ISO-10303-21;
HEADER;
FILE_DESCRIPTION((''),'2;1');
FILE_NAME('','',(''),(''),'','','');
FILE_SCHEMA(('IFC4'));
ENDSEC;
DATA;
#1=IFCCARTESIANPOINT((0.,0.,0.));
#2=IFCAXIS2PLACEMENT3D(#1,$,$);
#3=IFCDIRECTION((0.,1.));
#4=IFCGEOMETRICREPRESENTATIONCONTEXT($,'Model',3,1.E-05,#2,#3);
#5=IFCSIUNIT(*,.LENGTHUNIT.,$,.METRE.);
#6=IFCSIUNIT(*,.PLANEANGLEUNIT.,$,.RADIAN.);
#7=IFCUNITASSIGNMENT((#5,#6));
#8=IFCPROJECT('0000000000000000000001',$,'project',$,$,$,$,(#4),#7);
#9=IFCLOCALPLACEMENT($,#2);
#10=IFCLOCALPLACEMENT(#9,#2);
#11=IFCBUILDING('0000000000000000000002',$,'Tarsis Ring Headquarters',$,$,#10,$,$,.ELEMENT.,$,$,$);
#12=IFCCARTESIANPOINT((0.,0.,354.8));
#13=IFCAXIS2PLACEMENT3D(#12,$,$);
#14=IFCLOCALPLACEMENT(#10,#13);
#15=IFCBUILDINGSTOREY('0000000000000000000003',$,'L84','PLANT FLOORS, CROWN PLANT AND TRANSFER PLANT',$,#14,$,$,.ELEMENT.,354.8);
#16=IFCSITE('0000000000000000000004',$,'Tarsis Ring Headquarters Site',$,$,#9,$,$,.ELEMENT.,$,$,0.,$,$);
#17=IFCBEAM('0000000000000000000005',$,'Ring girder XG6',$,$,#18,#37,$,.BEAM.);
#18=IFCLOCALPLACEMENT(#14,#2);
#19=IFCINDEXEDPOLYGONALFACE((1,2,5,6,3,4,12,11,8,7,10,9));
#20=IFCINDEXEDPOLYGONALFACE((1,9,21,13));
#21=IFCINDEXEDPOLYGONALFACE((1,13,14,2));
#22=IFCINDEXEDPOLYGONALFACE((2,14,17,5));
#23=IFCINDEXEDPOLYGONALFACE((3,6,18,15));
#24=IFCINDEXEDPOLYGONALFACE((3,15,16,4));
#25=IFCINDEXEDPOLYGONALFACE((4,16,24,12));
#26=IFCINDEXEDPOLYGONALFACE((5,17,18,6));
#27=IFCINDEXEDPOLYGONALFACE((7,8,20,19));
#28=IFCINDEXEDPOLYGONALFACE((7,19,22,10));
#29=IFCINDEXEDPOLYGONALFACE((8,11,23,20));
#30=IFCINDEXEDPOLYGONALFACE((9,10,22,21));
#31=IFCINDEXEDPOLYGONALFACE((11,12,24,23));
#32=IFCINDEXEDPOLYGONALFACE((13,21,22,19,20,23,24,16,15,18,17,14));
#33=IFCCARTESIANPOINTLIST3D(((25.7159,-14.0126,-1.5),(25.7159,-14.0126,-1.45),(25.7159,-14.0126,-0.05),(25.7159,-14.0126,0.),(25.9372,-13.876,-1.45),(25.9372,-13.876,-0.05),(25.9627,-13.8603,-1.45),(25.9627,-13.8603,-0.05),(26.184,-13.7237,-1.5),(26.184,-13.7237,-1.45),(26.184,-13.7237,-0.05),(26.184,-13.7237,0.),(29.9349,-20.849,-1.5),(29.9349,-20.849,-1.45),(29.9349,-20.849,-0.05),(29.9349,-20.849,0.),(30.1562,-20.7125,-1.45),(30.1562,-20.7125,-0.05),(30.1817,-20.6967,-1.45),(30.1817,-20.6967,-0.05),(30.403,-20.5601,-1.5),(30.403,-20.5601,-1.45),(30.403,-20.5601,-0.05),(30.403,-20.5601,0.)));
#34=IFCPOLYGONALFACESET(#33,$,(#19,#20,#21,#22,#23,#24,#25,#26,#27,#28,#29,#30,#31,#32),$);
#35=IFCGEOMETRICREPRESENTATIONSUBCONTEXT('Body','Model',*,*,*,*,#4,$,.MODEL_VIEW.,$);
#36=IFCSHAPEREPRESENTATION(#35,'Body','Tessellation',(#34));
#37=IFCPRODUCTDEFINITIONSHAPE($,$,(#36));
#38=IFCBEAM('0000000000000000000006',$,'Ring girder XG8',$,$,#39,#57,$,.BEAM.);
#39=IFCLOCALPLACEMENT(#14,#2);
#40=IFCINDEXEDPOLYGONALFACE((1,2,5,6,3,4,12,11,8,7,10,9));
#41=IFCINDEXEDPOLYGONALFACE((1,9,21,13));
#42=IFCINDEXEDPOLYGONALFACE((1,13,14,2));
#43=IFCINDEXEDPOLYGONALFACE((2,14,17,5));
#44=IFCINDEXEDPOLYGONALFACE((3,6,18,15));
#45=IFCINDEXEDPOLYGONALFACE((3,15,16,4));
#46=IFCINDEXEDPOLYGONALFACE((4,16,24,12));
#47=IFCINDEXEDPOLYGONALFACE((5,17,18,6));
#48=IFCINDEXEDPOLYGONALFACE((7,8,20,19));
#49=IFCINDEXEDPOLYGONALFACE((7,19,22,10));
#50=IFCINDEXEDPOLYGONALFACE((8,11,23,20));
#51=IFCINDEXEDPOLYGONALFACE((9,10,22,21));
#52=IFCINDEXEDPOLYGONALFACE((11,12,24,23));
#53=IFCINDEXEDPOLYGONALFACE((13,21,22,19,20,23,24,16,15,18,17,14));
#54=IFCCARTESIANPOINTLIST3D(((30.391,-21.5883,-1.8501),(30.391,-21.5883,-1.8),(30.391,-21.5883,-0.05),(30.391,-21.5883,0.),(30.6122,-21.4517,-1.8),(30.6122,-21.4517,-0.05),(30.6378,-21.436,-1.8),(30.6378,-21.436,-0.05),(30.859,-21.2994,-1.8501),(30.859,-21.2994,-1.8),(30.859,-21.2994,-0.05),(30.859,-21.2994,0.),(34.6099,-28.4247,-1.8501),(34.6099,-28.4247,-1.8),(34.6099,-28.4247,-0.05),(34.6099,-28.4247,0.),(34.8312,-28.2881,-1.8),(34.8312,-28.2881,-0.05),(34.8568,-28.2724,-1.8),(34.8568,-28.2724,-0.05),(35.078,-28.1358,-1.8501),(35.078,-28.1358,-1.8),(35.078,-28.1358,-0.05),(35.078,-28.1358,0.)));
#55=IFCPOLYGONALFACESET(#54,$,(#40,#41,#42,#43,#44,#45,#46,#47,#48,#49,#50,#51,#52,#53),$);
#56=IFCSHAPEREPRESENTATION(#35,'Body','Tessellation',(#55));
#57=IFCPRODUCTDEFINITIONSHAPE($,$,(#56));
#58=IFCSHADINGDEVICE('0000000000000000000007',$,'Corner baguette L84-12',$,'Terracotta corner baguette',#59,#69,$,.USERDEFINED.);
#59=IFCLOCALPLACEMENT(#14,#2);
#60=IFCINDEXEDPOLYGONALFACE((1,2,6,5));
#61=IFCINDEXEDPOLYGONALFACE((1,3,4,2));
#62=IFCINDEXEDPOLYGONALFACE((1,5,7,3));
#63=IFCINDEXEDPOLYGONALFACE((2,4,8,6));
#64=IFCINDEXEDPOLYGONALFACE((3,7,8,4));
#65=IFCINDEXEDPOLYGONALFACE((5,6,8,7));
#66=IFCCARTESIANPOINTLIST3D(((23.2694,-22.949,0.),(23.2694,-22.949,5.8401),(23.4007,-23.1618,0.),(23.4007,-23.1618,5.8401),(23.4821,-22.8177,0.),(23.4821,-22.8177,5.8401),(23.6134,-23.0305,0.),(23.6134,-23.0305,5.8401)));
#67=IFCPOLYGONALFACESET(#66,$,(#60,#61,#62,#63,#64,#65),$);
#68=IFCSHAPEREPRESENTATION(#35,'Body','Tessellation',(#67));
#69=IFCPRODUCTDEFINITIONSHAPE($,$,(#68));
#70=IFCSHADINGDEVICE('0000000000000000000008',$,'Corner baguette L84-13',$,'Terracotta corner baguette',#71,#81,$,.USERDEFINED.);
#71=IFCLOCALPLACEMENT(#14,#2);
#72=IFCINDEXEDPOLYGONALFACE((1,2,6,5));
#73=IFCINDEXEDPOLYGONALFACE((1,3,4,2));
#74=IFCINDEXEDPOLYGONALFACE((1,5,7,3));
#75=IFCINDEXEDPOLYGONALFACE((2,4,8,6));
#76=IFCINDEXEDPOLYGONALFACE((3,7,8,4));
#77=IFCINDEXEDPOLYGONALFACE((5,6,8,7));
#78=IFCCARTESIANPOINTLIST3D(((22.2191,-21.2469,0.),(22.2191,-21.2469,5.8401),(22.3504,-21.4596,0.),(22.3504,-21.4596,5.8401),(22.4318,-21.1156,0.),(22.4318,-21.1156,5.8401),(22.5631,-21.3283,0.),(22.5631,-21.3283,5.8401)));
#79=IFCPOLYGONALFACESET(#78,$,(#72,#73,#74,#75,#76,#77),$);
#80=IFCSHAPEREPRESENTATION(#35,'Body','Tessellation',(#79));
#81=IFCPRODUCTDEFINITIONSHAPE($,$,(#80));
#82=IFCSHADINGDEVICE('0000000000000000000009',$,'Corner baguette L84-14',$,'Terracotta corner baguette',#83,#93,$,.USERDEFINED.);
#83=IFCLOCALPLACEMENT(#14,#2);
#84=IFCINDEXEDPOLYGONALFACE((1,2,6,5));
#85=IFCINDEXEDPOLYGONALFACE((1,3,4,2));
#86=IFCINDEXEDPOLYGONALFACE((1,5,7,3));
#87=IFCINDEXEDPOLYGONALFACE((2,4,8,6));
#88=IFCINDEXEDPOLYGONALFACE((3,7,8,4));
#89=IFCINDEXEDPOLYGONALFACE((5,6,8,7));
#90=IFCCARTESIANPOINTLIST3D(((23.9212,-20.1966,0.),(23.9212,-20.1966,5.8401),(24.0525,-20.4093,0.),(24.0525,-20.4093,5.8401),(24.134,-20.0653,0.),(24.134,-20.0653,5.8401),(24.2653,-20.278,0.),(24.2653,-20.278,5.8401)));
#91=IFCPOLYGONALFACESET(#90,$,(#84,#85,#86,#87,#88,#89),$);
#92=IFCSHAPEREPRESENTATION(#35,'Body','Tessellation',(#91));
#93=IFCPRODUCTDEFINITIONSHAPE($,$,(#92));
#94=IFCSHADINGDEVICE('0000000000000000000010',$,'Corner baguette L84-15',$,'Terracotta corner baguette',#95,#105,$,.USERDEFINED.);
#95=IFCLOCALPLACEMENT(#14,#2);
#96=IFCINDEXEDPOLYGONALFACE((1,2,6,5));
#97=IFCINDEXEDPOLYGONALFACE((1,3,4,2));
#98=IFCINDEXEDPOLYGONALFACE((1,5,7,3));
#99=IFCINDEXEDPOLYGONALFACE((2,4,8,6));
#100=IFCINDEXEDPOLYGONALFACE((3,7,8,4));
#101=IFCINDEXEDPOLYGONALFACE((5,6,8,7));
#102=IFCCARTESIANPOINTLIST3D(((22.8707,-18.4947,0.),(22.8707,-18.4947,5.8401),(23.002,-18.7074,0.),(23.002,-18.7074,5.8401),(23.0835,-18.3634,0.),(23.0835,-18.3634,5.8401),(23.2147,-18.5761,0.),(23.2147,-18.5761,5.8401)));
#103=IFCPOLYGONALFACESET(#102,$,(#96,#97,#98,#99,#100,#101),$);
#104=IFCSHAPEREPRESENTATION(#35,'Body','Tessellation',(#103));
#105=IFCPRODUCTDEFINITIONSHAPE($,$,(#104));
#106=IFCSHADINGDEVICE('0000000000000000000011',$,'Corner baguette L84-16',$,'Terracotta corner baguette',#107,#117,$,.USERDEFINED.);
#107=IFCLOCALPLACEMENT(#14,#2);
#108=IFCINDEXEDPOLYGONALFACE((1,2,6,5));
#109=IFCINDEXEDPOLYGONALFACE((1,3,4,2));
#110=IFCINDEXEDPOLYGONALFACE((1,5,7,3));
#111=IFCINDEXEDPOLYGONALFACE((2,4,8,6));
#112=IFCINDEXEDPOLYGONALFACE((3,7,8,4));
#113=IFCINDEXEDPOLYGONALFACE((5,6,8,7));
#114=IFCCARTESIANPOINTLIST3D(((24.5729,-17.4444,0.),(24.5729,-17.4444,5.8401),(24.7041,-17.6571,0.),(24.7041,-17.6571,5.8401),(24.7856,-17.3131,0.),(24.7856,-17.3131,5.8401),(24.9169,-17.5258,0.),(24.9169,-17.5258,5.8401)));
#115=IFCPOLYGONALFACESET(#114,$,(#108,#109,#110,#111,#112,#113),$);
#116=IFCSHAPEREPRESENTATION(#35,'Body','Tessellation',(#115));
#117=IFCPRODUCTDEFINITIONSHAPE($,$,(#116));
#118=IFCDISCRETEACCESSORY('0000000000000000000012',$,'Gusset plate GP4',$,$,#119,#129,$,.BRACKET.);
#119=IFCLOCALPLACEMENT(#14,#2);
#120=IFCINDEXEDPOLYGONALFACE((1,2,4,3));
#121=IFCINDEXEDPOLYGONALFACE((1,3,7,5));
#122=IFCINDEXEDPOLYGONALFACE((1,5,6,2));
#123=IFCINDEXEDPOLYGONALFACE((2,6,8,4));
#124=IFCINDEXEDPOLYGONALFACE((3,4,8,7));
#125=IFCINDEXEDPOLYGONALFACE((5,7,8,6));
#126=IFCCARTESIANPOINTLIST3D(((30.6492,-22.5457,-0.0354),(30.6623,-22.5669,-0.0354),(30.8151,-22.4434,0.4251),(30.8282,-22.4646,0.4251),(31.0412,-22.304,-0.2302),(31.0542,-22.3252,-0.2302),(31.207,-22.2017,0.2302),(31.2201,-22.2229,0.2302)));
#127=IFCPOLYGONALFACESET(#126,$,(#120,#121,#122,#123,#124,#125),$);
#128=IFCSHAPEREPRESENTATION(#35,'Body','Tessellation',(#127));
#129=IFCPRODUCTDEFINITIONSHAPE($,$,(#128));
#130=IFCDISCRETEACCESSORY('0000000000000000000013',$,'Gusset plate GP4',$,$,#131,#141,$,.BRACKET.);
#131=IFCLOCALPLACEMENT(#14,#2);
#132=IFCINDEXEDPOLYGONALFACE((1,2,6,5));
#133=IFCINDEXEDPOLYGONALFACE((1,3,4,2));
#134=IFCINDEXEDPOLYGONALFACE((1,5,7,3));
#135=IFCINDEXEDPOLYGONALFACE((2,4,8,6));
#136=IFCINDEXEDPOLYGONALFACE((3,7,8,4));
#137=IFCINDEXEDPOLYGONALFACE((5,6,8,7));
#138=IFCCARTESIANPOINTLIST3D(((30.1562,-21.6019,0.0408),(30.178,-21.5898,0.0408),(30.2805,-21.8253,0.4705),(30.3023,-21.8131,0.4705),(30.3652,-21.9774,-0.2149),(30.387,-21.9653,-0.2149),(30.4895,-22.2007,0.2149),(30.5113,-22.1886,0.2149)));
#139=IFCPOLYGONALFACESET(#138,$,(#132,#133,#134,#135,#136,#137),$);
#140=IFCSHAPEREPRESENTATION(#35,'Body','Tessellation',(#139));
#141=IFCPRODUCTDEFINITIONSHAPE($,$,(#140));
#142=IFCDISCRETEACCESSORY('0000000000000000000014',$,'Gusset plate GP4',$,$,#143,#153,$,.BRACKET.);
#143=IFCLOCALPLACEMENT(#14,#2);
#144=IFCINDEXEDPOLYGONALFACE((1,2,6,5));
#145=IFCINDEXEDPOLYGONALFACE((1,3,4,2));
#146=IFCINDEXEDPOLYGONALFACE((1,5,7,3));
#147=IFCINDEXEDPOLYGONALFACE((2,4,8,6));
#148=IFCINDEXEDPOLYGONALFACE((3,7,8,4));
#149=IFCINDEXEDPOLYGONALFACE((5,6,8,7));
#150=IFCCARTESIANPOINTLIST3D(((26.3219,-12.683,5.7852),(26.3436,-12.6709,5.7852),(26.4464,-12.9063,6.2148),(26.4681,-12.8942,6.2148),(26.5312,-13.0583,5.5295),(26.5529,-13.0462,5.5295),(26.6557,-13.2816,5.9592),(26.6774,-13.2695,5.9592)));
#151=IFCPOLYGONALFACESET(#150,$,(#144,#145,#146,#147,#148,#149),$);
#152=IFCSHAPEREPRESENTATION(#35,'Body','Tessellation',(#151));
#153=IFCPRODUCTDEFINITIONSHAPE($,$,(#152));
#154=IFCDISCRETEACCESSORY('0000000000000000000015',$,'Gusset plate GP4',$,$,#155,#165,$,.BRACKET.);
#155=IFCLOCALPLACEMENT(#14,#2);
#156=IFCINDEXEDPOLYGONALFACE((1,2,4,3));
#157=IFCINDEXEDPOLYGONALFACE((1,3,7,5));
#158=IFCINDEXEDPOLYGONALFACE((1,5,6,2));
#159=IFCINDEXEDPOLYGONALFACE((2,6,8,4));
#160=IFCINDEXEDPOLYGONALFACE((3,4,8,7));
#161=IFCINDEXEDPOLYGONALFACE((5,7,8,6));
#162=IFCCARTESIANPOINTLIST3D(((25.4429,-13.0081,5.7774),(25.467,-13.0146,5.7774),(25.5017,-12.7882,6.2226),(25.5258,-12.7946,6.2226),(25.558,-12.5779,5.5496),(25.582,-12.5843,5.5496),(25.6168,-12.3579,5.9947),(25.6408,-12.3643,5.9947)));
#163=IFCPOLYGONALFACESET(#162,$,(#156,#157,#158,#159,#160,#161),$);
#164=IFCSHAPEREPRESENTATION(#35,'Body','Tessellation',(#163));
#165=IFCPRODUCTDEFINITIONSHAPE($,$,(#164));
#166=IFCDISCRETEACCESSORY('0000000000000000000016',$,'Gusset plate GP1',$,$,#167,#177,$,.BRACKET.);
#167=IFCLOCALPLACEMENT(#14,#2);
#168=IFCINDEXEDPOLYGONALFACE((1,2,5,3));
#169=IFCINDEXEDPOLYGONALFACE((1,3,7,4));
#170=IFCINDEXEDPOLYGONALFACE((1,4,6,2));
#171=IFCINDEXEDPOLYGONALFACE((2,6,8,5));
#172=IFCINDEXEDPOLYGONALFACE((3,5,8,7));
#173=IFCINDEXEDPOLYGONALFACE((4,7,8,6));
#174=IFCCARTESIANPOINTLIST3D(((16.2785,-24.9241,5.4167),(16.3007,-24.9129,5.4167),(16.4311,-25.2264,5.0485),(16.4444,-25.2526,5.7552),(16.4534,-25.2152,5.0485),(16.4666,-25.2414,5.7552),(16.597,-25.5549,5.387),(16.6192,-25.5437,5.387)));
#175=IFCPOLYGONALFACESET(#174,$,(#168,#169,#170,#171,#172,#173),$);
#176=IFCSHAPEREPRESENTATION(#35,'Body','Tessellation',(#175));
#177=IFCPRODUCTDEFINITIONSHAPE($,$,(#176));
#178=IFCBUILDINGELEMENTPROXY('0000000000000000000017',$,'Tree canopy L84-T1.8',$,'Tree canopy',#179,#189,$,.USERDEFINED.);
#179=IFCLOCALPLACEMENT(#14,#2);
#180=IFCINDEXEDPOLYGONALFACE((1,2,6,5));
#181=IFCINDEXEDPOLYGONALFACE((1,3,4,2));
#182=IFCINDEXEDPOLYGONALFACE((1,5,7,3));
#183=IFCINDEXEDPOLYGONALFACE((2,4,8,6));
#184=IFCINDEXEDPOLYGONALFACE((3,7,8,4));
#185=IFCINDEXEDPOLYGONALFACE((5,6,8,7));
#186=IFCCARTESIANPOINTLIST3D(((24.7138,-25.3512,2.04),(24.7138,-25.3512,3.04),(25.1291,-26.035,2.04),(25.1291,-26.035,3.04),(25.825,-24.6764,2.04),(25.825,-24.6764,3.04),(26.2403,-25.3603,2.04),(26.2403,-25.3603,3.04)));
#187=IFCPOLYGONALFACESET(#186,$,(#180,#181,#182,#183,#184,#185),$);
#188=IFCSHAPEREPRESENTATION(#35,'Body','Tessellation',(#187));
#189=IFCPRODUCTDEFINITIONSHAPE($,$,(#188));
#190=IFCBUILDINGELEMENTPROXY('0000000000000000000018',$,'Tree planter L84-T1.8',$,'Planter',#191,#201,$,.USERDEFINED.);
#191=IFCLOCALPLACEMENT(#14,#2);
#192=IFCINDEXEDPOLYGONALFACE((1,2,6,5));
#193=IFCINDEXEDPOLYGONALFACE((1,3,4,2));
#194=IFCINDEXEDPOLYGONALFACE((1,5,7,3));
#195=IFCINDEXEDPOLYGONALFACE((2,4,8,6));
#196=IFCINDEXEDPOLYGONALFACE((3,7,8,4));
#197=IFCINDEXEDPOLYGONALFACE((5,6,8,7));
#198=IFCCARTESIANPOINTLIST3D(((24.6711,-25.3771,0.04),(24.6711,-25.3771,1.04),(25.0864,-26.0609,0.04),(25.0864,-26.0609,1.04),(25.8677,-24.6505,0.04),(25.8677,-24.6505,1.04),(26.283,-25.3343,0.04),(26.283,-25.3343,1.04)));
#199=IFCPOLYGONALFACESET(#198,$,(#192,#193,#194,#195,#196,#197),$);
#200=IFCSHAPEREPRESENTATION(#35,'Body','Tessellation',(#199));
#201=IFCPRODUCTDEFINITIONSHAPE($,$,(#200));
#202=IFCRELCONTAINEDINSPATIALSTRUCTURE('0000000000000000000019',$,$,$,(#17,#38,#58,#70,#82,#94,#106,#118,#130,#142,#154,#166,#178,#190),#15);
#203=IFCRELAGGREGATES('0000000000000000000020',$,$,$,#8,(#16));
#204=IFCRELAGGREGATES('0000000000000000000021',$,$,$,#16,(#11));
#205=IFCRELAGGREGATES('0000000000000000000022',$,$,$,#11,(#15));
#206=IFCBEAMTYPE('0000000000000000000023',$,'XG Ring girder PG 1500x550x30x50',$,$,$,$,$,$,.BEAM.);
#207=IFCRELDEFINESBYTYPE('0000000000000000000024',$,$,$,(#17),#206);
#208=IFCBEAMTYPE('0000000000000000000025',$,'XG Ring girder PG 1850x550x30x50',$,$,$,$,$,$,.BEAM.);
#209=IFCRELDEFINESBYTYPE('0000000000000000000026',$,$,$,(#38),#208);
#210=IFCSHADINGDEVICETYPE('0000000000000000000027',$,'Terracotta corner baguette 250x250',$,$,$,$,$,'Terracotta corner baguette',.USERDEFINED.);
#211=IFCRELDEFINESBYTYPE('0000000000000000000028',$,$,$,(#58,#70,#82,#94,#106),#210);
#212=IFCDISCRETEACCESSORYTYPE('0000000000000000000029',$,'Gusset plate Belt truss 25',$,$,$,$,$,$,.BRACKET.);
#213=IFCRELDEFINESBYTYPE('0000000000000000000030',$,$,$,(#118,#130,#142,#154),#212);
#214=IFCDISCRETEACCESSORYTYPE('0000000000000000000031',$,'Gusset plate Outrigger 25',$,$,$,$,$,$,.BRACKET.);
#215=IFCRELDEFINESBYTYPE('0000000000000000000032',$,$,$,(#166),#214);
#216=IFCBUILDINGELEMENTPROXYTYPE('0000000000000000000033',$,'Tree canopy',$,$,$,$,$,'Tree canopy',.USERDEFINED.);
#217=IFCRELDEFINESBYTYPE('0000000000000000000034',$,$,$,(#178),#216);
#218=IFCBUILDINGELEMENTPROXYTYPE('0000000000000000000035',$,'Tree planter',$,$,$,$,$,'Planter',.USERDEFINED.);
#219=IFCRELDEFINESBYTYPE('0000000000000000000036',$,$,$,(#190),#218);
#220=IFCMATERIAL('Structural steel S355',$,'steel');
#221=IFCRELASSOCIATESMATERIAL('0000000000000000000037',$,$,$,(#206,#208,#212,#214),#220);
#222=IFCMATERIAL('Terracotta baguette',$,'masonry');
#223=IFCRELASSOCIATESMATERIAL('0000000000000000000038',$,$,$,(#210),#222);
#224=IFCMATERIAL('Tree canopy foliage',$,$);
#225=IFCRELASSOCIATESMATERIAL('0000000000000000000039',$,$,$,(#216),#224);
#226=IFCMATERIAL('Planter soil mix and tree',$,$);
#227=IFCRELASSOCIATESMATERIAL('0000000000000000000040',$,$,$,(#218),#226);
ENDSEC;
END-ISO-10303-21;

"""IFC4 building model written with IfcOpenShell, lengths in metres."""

from ifc_helpers import new_model, si_unit, direction, frame, origin, origin_2d, place, context, subcontext, project, spatial, rectangle, i_section, extrude, material, material_profile, profile_set, type_object, element, save


model = new_model("IFC4")

# Units and contexts
model_context = context("Model", 3, precision=1e-05, world=origin(), true_north=direction((0.0, 1.0)))
body_context = subcontext(model_context, "Body", "Model", "MODEL_VIEW")
ifc_project = project(units=[si_unit("LENGTHUNIT", "METRE"), si_unit("PLANEANGLEUNIT", "RADIAN")], contexts=[model_context])

# Site, building, storey
site_placement = place(None, origin())
site = spatial("IfcSite", under=ifc_project, at=site_placement, Name="Tarsis Ring Headquarters Site", CompositionType="ELEMENT", RefElevation=0.0)
building_placement = place(site_placement, origin())
building = spatial("IfcBuilding", under=site, at=building_placement, Name="Tarsis Ring Headquarters", CompositionType="ELEMENT")
storey_placement = place(building_placement, frame((0.0, 0.0, 354.8)))
storey = spatial("IfcBuildingStorey", under=building, at=storey_placement, Name="L84", Description="PLANT FLOORS, CROWN PLANT AND TRANSFER PLANT", CompositionType="ELEMENT", Elevation=354.8)

# Shared definitions
ifc_material_1 = material(Name="Structural steel S355", Category="steel")

# Beams
ifc_material_profile_1 = material_profile(ifc_material_1, i_section(OverallWidth=0.55, OverallDepth=1.5, WebThickness=0.03, FlangeThickness=0.05, at=origin_2d()), Name="PG 1500x550x30x50")
ifc_profile_set_1 = profile_set([ifc_material_profile_1], Name="Structural steel S355")
beam_type_1 = type_object("IfcBeamType", Name="XG Ring girder PG 1500x550x30x50", PredefinedType="BEAM", material=ifc_profile_set_1)
beam_1_placement = place(storey_placement, frame((25.95, -13.8682, -0.75), z_axis=(0.525177, -0.850993, 0.0), x_axis=(0.850993, 0.525177, 0.0)))
element("IfcBeam", 1, at=beam_1_placement, inside=storey, type_object=beam_type_1, Name="Ring girder XG6", PredefinedType="BEAM", context=body_context, shape_type="SweptSolid", body=[
    extrude(i_section(OverallWidth=0.55, OverallDepth=1.5, WebThickness=0.03, FlangeThickness=0.05, at=origin_2d()), origin(), (0.0, 0.0, 1.0), 8.0334),
])
ifc_material_profile_2 = material_profile(ifc_material_1, i_section(OverallWidth=0.55, OverallDepth=1.8501, WebThickness=0.03, FlangeThickness=0.05, at=origin_2d()), Name="PG 1850x550x30x50")
ifc_profile_set_2 = profile_set([ifc_material_profile_2], Name="Structural steel S355")
beam_type_2 = type_object("IfcBeamType", Name="XG Ring girder PG 1850x550x30x50", PredefinedType="BEAM", material=ifc_profile_set_2)
beam_2_placement = place(storey_placement, frame((30.625, -21.4438, -0.925), z_axis=(0.525177, -0.850993, 0.0), x_axis=(0.850993, 0.525177, 0.0)))
element("IfcBeam", 2, at=beam_2_placement, inside=storey, type_object=beam_type_2, Name="Ring girder XG8", PredefinedType="BEAM", context=body_context, shape_type="SweptSolid", body=[
    extrude(i_section(OverallWidth=0.55, OverallDepth=1.8501, WebThickness=0.03, FlangeThickness=0.05, at=origin_2d()), origin(), (0.0, 0.0, 1.0), 8.0334),
])

# Shading devices
ifc_material_2 = material(Name="Terracotta baguette", Category="masonry")
shading_device_type_1 = type_object("IfcShadingDeviceType", Name="Terracotta corner baguette 250x250", ElementType="Terracotta corner baguette", PredefinedType="USERDEFINED", material=ifc_material_2)
for number, where, z_axis, x_axis, name in (
    (3, (23.4414, -22.9897, 0.0), (0.0, 0.0, 1.0), (0.850994, 0.525175, 0.0), "Corner baguette L84-12"),
    (4, (22.3911, -21.2876, 0.0), (0.0, 0.0, 1.0), (-0.525175, 0.850994, 0.0), "Corner baguette L84-13"),
    (5, (24.0933, -20.2373, 0.0), (0.0, 0.0, 1.0), (0.850995, 0.525175, 0.0), "Corner baguette L84-14"),
    (6, (23.0427, -18.5354, 0.0), (0.0, 0.0, 1.0), (-0.525174, 0.850995, 0.0), "Corner baguette L84-15"),
    (7, (24.7449, -17.4851, 0.0), (0.0, 0.0, 1.0), (0.850995, 0.525175, 0.0), "Corner baguette L84-16"),
):
    element("IfcShadingDevice", number, at=place(storey_placement, frame(where, z_axis=z_axis, x_axis=x_axis)), inside=storey, type_object=shading_device_type_1, Name=name, ObjectType="Terracotta corner baguette", PredefinedType="USERDEFINED", context=body_context, shape_type="SweptSolid", body=[
        extrude(rectangle(XDim=0.25, YDim=0.25, at=origin_2d()), origin(), (0.0, 0.0, 1.0), 5.8401),
    ])

# Discrete accessories
ifc_material_profile_3 = material_profile(ifc_material_1, rectangle(XDim=0.0249, YDim=0.5, at=origin_2d()), Name="PL 25x500")
ifc_profile_set_3 = profile_set([ifc_material_profile_3], Name="Structural steel S355")
discrete_accessory_type_1 = type_object("IfcDiscreteAccessoryType", Name="Gusset plate Belt truss 25", PredefinedType="BRACKET", material=ifc_profile_set_3)
for number, where, z_axis, x_axis, name in (
    (8, (31.1306, -22.2634, 0.0), (-0.78382, -0.483478, 0.389712), (0.524985, -0.851112, 0.0), "Gusset plate GP4"),
    (9, (30.4382, -22.083, 0.0), (-0.417965, 0.750969, 0.511225), (-0.873782, -0.486318, 0.0), "Gusset plate GP4"),
    (10, (26.395, -12.7886, 6.0), (0.418521, -0.750603, -0.511308), (0.873406, 0.486993, 0.0), "Gusset plate GP4"),
):
    element("IfcDiscreteAccessory", number, at=place(storey_placement, frame(where, z_axis=z_axis, x_axis=x_axis)), inside=storey, type_object=discrete_accessory_type_1, Name=name, PredefinedType="BRACKET", context=body_context, shape_type="SweptSolid", body=[
        extrude(rectangle(XDim=0.0249, YDim=0.5, at=origin_2d()), origin(), (0.0, 0.0, 1.0), 0.5),
    ])
discrete_accessory_1_placement = place(storey_placement, frame((25.4844, -12.9014, 6.0), z_axis=(0.229907, 0.860078, -0.455421), x_axis=(-0.96608, 0.258243, 0.0)))
element("IfcDiscreteAccessory", 11, at=discrete_accessory_1_placement, inside=storey, type_object=discrete_accessory_type_1, Name="Gusset plate GP4", PredefinedType="BRACKET", context=body_context, shape_type="SweptSolid", body=[
    extrude(rectangle(XDim=0.0249, YDim=0.5, at=origin_2d()), origin(), (0.0, 0.0, 1.0), 0.5002),
])
discrete_accessory_type_2 = type_object("IfcDiscreteAccessoryType", Name="Gusset plate Outrigger 25", PredefinedType="BRACKET", material=ifc_profile_set_3)
discrete_accessory_2_placement = place(storey_placement, frame((16.3726, -25.0828, 5.5859), z_axis=(0.305066, -0.604274, -0.736062), x_axis=(0.89269, 0.450671, 0.0)))
element("IfcDiscreteAccessory", 12, at=discrete_accessory_2_placement, inside=storey, type_object=discrete_accessory_type_2, Name="Gusset plate GP1", PredefinedType="BRACKET", context=body_context, shape_type="SweptSolid", body=[
    extrude(rectangle(XDim=0.0249, YDim=0.5, at=origin_2d()), origin(), (0.0, 0.0, 1.0), 0.5002),
])

# Building element proxies
ifc_material_3 = material(Name="Tree canopy foliage")
building_element_proxy_type_1 = type_object("IfcBuildingElementProxyType", Name="Tree canopy", ElementType="Tree canopy", PredefinedType="USERDEFINED", material=ifc_material_3)
proxy_1_placement = place(storey_placement, frame((25.4771, -25.3557, 2.04), z_axis=(0.0, 0.0, 1.0), x_axis=(-0.854762, -0.519021, 0.0)))
element("IfcBuildingElementProxy", 13, at=proxy_1_placement, inside=storey, type_object=building_element_proxy_type_1, Name="Tree canopy L84-T1.8", ObjectType="Tree canopy", PredefinedType="USERDEFINED", context=body_context, shape_type="SweptSolid", body=[
    extrude(rectangle(XDim=1.3, YDim=0.8, at=origin_2d()), origin(), (0.0, 0.0, 1.0), 1.0),
])
ifc_material_4 = material(Name="Planter soil mix and tree")
building_element_proxy_type_2 = type_object("IfcBuildingElementProxyType", Name="Tree planter", ElementType="Planter", PredefinedType="USERDEFINED", material=ifc_material_4)
proxy_2_placement = place(storey_placement, frame((25.4771, -25.3557, 0.04), z_axis=(0.0, 0.0, 1.0), x_axis=(-0.854762, -0.519021, 0.0)))
element("IfcBuildingElementProxy", 14, at=proxy_2_placement, inside=storey, type_object=building_element_proxy_type_2, Name="Tree planter L84-T1.8", ObjectType="Planter", PredefinedType="USERDEFINED", context=body_context, shape_type="SweptSolid", body=[
    extrude(rectangle(XDim=1.3999, YDim=0.8, at=origin_2d()), origin(), (0.0, 0.0, 1.0), 1.0),
])

save(model, "model.ifc")
